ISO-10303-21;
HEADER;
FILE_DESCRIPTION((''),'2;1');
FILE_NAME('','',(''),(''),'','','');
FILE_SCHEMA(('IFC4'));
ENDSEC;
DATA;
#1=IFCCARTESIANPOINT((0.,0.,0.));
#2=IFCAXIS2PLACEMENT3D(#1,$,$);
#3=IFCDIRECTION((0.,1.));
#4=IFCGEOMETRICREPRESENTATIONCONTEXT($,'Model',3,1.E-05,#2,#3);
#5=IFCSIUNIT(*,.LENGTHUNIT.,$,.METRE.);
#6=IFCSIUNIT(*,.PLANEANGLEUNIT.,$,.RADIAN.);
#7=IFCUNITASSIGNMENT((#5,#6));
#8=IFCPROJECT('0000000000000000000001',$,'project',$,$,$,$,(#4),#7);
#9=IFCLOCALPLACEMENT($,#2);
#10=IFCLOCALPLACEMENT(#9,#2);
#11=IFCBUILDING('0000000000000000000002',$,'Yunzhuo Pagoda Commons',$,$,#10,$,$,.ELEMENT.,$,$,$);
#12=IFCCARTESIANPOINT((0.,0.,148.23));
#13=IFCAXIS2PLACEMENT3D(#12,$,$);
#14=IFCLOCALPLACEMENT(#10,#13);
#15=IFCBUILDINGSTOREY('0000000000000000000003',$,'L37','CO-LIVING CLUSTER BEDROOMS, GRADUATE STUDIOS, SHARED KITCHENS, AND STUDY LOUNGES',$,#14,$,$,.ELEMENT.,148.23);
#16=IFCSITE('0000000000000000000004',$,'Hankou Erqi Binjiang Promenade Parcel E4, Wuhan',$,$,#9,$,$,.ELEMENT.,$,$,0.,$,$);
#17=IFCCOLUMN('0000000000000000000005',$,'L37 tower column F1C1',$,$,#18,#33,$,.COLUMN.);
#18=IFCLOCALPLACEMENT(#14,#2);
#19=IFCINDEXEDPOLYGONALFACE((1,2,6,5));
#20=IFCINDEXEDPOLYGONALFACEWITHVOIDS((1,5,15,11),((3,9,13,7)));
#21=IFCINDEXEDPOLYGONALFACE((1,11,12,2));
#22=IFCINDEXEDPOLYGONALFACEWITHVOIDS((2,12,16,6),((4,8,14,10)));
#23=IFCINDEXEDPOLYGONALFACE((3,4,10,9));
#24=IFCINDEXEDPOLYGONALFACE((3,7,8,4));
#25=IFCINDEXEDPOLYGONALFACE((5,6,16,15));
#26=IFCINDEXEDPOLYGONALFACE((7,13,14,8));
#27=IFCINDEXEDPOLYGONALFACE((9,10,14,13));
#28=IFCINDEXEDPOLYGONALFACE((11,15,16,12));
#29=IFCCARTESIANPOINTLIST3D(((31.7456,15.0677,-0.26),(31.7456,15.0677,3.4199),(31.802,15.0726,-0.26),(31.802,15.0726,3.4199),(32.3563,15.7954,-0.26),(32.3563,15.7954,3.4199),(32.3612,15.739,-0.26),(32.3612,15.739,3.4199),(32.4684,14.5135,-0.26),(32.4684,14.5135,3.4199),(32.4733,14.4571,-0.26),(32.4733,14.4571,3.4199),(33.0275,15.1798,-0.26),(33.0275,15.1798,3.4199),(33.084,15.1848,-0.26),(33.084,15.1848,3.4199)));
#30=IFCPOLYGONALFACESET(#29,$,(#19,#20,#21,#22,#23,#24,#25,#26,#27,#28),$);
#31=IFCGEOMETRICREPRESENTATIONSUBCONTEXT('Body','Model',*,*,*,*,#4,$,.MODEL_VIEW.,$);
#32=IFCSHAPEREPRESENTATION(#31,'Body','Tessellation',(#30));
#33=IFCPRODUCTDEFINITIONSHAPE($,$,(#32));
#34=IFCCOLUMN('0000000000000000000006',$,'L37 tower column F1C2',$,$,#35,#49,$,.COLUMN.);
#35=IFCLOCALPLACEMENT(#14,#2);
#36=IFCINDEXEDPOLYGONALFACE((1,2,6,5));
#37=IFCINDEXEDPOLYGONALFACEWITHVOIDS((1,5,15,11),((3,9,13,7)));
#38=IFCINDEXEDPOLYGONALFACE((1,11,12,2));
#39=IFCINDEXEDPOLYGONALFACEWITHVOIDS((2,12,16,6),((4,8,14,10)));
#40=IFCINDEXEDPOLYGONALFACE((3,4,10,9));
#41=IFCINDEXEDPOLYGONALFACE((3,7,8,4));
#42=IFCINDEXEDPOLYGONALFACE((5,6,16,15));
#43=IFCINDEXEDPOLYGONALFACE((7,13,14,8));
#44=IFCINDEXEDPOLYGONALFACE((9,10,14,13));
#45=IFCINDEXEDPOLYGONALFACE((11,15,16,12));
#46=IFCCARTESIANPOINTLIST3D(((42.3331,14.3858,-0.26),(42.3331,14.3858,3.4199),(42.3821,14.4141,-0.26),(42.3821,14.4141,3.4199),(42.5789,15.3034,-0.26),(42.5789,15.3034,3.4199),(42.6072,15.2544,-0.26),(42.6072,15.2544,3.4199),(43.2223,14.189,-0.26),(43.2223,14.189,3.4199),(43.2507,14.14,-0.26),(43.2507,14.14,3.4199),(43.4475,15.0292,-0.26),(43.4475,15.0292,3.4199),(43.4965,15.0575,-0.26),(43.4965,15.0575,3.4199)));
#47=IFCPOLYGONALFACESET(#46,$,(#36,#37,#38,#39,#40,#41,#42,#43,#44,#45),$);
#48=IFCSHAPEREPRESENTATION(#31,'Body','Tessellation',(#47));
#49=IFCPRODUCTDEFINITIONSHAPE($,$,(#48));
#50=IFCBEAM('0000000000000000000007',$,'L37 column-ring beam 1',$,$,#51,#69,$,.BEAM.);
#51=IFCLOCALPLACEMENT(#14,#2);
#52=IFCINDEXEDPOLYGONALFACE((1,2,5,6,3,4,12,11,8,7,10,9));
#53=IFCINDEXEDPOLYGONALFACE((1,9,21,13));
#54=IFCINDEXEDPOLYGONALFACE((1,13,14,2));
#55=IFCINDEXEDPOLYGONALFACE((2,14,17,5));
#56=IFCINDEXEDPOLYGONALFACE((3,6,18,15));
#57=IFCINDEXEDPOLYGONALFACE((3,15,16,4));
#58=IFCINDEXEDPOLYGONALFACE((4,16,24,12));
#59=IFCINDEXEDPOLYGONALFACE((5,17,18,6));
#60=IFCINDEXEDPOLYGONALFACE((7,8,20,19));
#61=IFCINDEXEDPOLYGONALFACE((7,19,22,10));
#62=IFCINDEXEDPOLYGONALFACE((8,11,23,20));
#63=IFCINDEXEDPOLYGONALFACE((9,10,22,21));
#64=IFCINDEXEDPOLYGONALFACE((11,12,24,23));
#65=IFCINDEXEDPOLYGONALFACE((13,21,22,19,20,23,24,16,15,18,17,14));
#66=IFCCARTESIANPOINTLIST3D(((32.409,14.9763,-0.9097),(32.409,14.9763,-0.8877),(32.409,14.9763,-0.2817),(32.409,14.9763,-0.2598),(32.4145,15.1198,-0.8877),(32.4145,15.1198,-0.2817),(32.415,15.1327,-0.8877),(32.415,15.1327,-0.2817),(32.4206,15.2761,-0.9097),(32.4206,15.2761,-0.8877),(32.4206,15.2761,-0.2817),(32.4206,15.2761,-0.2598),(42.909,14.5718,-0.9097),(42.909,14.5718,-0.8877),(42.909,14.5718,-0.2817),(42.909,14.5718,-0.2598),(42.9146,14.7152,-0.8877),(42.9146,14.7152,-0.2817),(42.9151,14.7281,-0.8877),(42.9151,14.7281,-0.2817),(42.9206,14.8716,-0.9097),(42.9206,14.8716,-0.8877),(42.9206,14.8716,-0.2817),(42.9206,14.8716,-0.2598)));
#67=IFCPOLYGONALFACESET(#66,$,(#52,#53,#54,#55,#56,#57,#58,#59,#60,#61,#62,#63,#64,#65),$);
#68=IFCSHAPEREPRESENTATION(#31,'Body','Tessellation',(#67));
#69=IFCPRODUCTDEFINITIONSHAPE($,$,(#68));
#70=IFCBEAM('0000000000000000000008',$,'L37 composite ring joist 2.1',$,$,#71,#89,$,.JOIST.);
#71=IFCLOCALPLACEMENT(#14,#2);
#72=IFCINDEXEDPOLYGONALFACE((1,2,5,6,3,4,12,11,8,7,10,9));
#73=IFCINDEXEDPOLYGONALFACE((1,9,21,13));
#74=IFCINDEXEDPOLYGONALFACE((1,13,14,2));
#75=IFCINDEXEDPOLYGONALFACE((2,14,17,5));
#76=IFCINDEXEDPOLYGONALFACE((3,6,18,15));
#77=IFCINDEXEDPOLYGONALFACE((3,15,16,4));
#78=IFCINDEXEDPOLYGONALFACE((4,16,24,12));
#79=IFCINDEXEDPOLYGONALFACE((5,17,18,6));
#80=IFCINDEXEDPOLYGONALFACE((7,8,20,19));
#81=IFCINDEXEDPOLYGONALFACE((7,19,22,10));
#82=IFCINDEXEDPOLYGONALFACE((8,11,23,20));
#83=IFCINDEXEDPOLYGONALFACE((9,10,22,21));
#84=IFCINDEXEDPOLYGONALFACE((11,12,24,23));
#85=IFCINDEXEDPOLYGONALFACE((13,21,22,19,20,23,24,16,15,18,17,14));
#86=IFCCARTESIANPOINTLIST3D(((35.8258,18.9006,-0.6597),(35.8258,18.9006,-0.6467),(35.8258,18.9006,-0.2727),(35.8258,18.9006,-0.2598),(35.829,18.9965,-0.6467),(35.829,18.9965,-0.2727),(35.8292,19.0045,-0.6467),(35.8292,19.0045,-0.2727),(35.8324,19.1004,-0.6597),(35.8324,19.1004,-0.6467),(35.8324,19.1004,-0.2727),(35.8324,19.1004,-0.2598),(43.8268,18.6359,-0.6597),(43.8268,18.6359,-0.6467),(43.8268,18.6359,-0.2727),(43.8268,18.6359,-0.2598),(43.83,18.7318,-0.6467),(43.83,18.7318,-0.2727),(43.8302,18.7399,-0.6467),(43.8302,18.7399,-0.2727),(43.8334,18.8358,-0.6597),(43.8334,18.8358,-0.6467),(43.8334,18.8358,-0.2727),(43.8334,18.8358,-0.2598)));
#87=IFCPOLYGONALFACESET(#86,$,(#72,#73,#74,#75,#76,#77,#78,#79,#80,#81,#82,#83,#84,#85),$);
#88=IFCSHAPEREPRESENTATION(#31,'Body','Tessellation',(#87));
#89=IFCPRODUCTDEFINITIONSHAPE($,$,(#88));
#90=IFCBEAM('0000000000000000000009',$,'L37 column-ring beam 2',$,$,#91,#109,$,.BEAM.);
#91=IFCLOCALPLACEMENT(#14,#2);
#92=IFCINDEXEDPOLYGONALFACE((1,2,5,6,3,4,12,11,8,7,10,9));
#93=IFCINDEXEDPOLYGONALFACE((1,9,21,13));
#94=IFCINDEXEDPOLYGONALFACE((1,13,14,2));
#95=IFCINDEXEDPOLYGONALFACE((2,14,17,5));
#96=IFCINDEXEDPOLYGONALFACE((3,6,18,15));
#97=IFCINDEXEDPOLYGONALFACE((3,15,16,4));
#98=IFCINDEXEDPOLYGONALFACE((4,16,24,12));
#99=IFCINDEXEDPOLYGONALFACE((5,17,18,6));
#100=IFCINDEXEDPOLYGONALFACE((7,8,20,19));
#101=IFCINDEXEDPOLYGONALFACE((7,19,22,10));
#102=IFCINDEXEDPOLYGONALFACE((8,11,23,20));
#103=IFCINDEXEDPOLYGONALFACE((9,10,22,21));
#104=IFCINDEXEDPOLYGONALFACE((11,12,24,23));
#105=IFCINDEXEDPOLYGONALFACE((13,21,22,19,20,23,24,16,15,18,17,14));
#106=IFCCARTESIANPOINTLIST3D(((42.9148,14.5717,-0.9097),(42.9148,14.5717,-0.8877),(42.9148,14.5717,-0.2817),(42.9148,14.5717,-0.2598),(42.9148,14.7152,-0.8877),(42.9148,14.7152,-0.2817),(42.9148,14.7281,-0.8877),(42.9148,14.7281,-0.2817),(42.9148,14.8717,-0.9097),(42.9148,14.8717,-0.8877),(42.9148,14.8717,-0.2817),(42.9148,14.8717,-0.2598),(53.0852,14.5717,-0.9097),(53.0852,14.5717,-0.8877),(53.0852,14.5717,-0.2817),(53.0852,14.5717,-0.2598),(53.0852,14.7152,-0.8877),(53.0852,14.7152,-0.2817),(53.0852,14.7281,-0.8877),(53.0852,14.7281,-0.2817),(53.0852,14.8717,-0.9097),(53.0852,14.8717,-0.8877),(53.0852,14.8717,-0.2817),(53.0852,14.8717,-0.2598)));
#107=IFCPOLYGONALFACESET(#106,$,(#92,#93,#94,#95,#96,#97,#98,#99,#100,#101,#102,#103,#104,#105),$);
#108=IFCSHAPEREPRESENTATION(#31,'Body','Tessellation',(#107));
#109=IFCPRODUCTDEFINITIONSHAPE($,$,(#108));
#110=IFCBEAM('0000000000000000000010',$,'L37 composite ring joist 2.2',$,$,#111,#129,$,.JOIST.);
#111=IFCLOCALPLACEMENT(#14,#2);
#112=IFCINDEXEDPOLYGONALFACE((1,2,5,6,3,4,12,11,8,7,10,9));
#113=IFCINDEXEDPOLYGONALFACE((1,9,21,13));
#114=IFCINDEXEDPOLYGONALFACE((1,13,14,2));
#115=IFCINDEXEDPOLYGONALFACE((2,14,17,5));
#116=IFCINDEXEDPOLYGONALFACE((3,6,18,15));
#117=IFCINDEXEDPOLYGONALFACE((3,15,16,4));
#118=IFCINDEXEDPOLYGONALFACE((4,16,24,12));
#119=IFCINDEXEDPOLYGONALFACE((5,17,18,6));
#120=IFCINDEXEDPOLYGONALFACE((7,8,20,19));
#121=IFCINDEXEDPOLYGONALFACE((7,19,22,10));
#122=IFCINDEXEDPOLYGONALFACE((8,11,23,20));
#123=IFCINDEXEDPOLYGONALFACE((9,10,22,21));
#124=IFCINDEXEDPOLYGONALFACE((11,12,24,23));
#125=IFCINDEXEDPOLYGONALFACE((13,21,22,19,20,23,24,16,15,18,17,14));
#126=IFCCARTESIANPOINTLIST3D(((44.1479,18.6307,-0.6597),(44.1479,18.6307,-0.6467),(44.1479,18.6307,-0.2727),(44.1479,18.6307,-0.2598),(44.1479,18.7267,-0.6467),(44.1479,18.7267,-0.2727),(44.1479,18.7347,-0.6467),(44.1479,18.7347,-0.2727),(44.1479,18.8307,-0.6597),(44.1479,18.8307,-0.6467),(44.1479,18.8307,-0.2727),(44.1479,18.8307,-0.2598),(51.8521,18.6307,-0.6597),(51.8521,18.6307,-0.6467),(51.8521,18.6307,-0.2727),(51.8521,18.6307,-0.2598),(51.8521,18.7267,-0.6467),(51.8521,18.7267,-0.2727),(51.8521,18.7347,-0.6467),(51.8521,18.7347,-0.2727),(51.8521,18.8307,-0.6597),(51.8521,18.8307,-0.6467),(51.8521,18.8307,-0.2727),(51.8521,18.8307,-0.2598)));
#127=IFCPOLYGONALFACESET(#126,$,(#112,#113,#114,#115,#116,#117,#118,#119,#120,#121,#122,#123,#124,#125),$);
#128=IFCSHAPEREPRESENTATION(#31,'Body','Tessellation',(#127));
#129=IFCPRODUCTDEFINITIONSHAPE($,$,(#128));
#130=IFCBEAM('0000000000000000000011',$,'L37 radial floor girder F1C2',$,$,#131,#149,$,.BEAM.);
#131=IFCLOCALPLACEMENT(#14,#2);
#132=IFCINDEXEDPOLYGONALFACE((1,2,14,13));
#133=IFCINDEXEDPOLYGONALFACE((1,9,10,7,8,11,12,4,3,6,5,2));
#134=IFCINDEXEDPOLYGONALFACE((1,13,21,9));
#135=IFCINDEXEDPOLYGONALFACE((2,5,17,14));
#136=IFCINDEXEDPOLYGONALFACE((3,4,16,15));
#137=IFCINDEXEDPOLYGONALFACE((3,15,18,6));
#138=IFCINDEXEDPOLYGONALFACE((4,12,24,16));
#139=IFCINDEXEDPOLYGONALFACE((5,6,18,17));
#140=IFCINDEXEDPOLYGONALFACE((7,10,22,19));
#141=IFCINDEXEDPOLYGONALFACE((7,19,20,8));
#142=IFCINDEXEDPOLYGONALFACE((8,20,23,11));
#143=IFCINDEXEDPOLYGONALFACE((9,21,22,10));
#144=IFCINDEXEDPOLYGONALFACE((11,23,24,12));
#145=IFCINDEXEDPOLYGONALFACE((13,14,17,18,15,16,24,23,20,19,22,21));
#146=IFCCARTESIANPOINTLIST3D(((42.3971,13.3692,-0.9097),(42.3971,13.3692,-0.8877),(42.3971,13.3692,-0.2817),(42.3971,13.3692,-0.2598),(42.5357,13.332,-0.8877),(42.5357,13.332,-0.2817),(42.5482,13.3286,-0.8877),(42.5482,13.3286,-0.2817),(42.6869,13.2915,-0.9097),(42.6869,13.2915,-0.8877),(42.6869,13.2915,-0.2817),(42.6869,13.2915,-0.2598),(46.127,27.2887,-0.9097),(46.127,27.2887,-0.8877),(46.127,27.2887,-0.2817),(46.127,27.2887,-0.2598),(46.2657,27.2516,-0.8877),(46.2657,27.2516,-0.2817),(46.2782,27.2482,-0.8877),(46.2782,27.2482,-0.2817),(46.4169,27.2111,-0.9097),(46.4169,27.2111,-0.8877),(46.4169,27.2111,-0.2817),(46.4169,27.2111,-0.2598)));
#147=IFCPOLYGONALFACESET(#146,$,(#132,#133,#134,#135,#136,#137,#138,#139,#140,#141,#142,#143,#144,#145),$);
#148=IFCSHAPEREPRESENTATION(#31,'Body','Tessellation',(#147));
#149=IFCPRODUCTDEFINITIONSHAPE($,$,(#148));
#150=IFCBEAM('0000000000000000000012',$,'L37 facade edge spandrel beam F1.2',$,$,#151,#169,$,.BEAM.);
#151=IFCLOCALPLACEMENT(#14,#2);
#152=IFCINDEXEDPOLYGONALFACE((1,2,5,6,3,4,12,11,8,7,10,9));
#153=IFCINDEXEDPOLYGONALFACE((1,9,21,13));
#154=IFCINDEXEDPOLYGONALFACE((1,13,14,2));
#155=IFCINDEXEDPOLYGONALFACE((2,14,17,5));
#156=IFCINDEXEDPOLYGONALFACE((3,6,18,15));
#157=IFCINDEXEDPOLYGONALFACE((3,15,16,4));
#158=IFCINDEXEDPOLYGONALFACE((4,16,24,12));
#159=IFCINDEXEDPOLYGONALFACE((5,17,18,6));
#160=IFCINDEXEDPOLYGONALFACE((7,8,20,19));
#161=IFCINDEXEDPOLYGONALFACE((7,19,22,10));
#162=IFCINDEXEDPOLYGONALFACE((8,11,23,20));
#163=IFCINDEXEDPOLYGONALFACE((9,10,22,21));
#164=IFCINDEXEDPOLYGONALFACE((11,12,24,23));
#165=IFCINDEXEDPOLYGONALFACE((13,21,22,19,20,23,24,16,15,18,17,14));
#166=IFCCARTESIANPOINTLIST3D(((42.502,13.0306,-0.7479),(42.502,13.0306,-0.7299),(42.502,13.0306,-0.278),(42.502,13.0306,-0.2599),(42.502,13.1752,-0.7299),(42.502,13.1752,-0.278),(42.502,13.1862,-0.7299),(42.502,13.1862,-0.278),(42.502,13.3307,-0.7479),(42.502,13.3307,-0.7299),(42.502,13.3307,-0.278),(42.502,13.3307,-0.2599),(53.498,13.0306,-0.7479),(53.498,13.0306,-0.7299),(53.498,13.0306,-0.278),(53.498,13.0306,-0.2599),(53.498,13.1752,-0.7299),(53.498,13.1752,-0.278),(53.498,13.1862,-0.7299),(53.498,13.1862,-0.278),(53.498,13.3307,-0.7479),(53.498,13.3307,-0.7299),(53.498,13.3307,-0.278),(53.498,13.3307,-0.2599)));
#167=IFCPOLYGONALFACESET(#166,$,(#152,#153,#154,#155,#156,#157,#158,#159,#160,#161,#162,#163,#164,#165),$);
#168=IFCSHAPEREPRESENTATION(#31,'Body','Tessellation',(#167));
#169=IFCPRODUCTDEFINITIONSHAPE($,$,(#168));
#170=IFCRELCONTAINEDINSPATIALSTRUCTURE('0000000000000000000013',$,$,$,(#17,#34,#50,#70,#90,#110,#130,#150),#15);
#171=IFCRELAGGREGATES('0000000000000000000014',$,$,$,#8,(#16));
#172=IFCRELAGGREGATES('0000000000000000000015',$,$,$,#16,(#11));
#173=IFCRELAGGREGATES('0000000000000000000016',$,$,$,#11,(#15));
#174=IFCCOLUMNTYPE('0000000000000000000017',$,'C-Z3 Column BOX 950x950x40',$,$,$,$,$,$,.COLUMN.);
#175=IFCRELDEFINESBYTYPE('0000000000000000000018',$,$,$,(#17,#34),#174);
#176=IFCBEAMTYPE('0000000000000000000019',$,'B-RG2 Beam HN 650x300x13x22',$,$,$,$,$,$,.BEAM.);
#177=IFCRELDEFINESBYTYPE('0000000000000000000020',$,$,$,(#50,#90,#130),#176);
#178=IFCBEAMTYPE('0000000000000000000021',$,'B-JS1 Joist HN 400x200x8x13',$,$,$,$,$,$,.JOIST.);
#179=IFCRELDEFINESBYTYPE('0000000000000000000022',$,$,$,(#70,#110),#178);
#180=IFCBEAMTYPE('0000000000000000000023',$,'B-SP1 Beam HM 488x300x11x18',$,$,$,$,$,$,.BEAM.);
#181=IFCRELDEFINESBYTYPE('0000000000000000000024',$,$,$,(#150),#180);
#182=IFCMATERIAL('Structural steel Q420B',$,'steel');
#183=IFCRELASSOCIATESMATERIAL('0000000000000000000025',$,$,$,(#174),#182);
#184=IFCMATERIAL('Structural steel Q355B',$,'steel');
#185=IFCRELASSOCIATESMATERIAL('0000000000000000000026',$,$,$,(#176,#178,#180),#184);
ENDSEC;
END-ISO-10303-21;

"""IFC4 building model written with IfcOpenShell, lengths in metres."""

from ifc_helpers import new_model, si_unit, direction, frame, origin, origin_2d, place, context, subcontext, project, spatial, hollow_rectangle, i_section, extrude, source, transform, mapped, material, material_profile, profile_set, type_object, element, save


model = new_model("IFC4")

# Units and contexts
model_context = context("Model", 3, precision=1e-05, world=origin(), true_north=direction((0.0, 1.0)))
body_context = subcontext(model_context, "Body", "Model", "MODEL_VIEW")
ifc_project = project(units=[si_unit("LENGTHUNIT", "METRE"), si_unit("PLANEANGLEUNIT", "RADIAN")], contexts=[model_context])

# Site, building, storey
site_placement = place(None, origin())
site = spatial("IfcSite", under=ifc_project, at=site_placement, Name="Hankou Erqi Binjiang Promenade Parcel E4, Wuhan", CompositionType="ELEMENT", RefElevation=0.0)
building_placement = place(site_placement, origin())
building = spatial("IfcBuilding", under=site, at=building_placement, Name="Yunzhuo Pagoda Commons", CompositionType="ELEMENT")
storey_placement = place(building_placement, frame((0.0, 0.0, 148.23)))
storey = spatial("IfcBuildingStorey", under=building, at=storey_placement, Name="L37", Description="CO-LIVING CLUSTER BEDROOMS, GRADUATE STUDIOS, SHARED KITCHENS, AND STUDY LOUNGES", CompositionType="ELEMENT", Elevation=148.23)

# Columns
ifc_material_1 = material(Name="Structural steel Q420B", Category="steel")
ifc_material_profile_1 = material_profile(ifc_material_1, hollow_rectangle(XDim=0.95, YDim=0.95, WallThickness=0.04, at=origin_2d()), Name="Structural steel Q420B")
ifc_profile_set_1 = profile_set([ifc_material_profile_1], Name="Structural steel Q420B")
column_type = type_object("IfcColumnType", Name="C-Z3 Column BOX 950x950x40", PredefinedType="COLUMN", material=ifc_profile_set_1)
shared_shape_1 = source(origin(), body_context, "Body", "SweptSolid", [
    extrude(hollow_rectangle(XDim=0.95, YDim=0.95, WallThickness=0.04, at=origin_2d()), origin(), (0.0, 0.0, 1.0), 3.6799),
])
for number, where, z_axis, x_axis, name in (
    (1, (32.4148, 15.1262, -0.26), (0.0, 0.0, 1.0), (0.766044, -0.642788, 0.0), "L37 tower column F1C1"),
    (2, (42.9148, 14.7217, -0.26), (0.0, 0.0, 1.0), (0.965926, -0.258819, 0.0), "L37 tower column F1C2"),
):
    element("IfcColumn", number, at=place(storey_placement, frame(where, z_axis=z_axis, x_axis=x_axis)), inside=storey, type_object=column_type, Name=name, PredefinedType="COLUMN", context=body_context, shape_type="MappedRepresentation", body=[
        mapped(shared_shape_1, transform((0.0, 0.0, 0.0), scale=1.0)),
    ])

# Beams
ifc_material_2 = material(Name="Structural steel Q355B", Category="steel")
ifc_material_profile_2 = material_profile(ifc_material_2, i_section(OverallWidth=0.3, OverallDepth=0.6499, WebThickness=0.0129, FlangeThickness=0.022, at=origin_2d()), Name="Structural steel Q355B")
ifc_profile_set_2 = profile_set([ifc_material_profile_2], Name="Structural steel Q355B")
beam_type_1 = type_object("IfcBeamType", Name="B-RG2 Beam HN 650x300x13x22", PredefinedType="BEAM", material=ifc_profile_set_2)
shared_shape_2 = source(origin(), body_context, "Body", "SweptSolid", [
    extrude(i_section(OverallWidth=0.3, OverallDepth=0.6499, WebThickness=0.0129, FlangeThickness=0.022, at=origin_2d()), origin(), (0.0, 0.0, 1.0), 10.5078),
])
beam_1_placement = place(storey_placement, frame((32.4148, 15.1262, -0.5847), z_axis=(0.999259, -0.038499, 0.0), x_axis=(0.038499, 0.999259, 0.0)))
element("IfcBeam", 3, at=beam_1_placement, inside=storey, type_object=beam_type_1, Name="L37 column-ring beam 1", PredefinedType="BEAM", context=body_context, shape_type="MappedRepresentation", body=[
    mapped(shared_shape_2, transform((0.0, 0.0, 0.0), scale=1.0)),
])
ifc_material_profile_3 = material_profile(ifc_material_2, i_section(OverallWidth=0.2, OverallDepth=0.3999, WebThickness=0.0081, FlangeThickness=0.0129, at=origin_2d()), Name="Structural steel Q355B")
ifc_profile_set_3 = profile_set([ifc_material_profile_3], Name="Structural steel Q355B")
beam_type_2 = type_object("IfcBeamType", Name="B-JS1 Joist HN 400x200x8x13", PredefinedType="JOIST", material=ifc_profile_set_3)
shared_shape_3 = source(origin(), body_context, "Body", "SweptSolid", [
    extrude(i_section(OverallWidth=0.2, OverallDepth=0.3999, WebThickness=0.0081, FlangeThickness=0.0129, at=origin_2d()), origin(), (0.0, 0.0, 1.0), 8.0054),
])
beam_2_placement = place(storey_placement, frame((35.8291, 19.0005, -0.4597), z_axis=(0.999453, -0.033059, 0.0), x_axis=(0.033059, 0.999453, 0.0)))
element("IfcBeam", 4, at=beam_2_placement, inside=storey, type_object=beam_type_2, Name="L37 composite ring joist 2.1", PredefinedType="JOIST", context=body_context, shape_type="MappedRepresentation", body=[
    mapped(shared_shape_3, transform((0.0, 0.0, 0.0), scale=1.0)),
])
shared_shape_4 = source(origin(), body_context, "Body", "SweptSolid", [
    extrude(i_section(OverallWidth=0.3, OverallDepth=0.6499, WebThickness=0.0129, FlangeThickness=0.022, at=origin_2d()), origin(), (0.0, 0.0, 1.0), 10.1704),
])
beam_3_placement = place(storey_placement, frame((42.9148, 14.7217, -0.5847), z_axis=(1.0, 0.0, 0.0), x_axis=(0.0, 1.0, 0.0)))
element("IfcBeam", 5, at=beam_3_placement, inside=storey, type_object=beam_type_1, Name="L37 column-ring beam 2", PredefinedType="BEAM", context=body_context, shape_type="MappedRepresentation", body=[
    mapped(shared_shape_4, transform((0.0, 0.0, 0.0), scale=1.0)),
])
shared_shape_5 = source(origin(), body_context, "Body", "SweptSolid", [
    extrude(i_section(OverallWidth=0.2, OverallDepth=0.3999, WebThickness=0.0081, FlangeThickness=0.0129, at=origin_2d()), origin(), (0.0, 0.0, 1.0), 7.7041),
])
beam_4_placement = place(storey_placement, frame((44.1479, 18.7307, -0.4597), z_axis=(1.0, 0.0, 0.0), x_axis=(0.0, 1.0, 0.0)))
element("IfcBeam", 6, at=beam_4_placement, inside=storey, type_object=beam_type_2, Name="L37 composite ring joist 2.2", PredefinedType="JOIST", context=body_context, shape_type="MappedRepresentation", body=[
    mapped(shared_shape_5, transform((0.0, 0.0, 0.0), scale=1.0)),
])
shared_shape_6 = source(origin(), body_context, "Body", "SweptSolid", [
    extrude(i_section(OverallWidth=0.3, OverallDepth=0.6499, WebThickness=0.0129, FlangeThickness=0.022, at=origin_2d()), origin(), (0.0, 0.0, 1.0), 14.4106),
])
beam_5_placement = place(storey_placement, frame((42.542, 13.3303, -0.5847), z_axis=(0.258833, 0.965922, 0.0), x_axis=(-0.965922, 0.258833, 0.0)))
element("IfcBeam", 7, at=beam_5_placement, inside=storey, type_object=beam_type_1, Name="L37 radial floor girder F1C2", PredefinedType="BEAM", context=body_context, shape_type="MappedRepresentation", body=[
    mapped(shared_shape_6, transform((0.0, 0.0, 0.0), scale=1.0)),
])
ifc_material_profile_4 = material_profile(ifc_material_2, i_section(OverallWidth=0.3, OverallDepth=0.488, WebThickness=0.011, FlangeThickness=0.0181, at=origin_2d()), Name="Structural steel Q355B")
ifc_profile_set_4 = profile_set([ifc_material_profile_4], Name="Structural steel Q355B")
beam_type_3 = type_object("IfcBeamType", Name="B-SP1 Beam HM 488x300x11x18", PredefinedType="BEAM", material=ifc_profile_set_4)
shared_shape_7 = source(origin(), body_context, "Body", "SweptSolid", [
    extrude(i_section(OverallWidth=0.3, OverallDepth=0.488, WebThickness=0.011, FlangeThickness=0.0181, at=origin_2d()), origin(), (0.0, 0.0, 1.0), 10.9961),
])
beam_6_placement = place(storey_placement, frame((42.502, 13.1807, -0.5039), z_axis=(1.0, 0.0, 0.0), x_axis=(0.0, 1.0, 0.0)))
element("IfcBeam", 8, at=beam_6_placement, inside=storey, type_object=beam_type_3, Name="L37 facade edge spandrel beam F1.2", PredefinedType="BEAM", context=body_context, shape_type="MappedRepresentation", body=[
    mapped(shared_shape_7, transform((0.0, 0.0, 0.0), scale=1.0)),
])

save(model, "model.ifc")
